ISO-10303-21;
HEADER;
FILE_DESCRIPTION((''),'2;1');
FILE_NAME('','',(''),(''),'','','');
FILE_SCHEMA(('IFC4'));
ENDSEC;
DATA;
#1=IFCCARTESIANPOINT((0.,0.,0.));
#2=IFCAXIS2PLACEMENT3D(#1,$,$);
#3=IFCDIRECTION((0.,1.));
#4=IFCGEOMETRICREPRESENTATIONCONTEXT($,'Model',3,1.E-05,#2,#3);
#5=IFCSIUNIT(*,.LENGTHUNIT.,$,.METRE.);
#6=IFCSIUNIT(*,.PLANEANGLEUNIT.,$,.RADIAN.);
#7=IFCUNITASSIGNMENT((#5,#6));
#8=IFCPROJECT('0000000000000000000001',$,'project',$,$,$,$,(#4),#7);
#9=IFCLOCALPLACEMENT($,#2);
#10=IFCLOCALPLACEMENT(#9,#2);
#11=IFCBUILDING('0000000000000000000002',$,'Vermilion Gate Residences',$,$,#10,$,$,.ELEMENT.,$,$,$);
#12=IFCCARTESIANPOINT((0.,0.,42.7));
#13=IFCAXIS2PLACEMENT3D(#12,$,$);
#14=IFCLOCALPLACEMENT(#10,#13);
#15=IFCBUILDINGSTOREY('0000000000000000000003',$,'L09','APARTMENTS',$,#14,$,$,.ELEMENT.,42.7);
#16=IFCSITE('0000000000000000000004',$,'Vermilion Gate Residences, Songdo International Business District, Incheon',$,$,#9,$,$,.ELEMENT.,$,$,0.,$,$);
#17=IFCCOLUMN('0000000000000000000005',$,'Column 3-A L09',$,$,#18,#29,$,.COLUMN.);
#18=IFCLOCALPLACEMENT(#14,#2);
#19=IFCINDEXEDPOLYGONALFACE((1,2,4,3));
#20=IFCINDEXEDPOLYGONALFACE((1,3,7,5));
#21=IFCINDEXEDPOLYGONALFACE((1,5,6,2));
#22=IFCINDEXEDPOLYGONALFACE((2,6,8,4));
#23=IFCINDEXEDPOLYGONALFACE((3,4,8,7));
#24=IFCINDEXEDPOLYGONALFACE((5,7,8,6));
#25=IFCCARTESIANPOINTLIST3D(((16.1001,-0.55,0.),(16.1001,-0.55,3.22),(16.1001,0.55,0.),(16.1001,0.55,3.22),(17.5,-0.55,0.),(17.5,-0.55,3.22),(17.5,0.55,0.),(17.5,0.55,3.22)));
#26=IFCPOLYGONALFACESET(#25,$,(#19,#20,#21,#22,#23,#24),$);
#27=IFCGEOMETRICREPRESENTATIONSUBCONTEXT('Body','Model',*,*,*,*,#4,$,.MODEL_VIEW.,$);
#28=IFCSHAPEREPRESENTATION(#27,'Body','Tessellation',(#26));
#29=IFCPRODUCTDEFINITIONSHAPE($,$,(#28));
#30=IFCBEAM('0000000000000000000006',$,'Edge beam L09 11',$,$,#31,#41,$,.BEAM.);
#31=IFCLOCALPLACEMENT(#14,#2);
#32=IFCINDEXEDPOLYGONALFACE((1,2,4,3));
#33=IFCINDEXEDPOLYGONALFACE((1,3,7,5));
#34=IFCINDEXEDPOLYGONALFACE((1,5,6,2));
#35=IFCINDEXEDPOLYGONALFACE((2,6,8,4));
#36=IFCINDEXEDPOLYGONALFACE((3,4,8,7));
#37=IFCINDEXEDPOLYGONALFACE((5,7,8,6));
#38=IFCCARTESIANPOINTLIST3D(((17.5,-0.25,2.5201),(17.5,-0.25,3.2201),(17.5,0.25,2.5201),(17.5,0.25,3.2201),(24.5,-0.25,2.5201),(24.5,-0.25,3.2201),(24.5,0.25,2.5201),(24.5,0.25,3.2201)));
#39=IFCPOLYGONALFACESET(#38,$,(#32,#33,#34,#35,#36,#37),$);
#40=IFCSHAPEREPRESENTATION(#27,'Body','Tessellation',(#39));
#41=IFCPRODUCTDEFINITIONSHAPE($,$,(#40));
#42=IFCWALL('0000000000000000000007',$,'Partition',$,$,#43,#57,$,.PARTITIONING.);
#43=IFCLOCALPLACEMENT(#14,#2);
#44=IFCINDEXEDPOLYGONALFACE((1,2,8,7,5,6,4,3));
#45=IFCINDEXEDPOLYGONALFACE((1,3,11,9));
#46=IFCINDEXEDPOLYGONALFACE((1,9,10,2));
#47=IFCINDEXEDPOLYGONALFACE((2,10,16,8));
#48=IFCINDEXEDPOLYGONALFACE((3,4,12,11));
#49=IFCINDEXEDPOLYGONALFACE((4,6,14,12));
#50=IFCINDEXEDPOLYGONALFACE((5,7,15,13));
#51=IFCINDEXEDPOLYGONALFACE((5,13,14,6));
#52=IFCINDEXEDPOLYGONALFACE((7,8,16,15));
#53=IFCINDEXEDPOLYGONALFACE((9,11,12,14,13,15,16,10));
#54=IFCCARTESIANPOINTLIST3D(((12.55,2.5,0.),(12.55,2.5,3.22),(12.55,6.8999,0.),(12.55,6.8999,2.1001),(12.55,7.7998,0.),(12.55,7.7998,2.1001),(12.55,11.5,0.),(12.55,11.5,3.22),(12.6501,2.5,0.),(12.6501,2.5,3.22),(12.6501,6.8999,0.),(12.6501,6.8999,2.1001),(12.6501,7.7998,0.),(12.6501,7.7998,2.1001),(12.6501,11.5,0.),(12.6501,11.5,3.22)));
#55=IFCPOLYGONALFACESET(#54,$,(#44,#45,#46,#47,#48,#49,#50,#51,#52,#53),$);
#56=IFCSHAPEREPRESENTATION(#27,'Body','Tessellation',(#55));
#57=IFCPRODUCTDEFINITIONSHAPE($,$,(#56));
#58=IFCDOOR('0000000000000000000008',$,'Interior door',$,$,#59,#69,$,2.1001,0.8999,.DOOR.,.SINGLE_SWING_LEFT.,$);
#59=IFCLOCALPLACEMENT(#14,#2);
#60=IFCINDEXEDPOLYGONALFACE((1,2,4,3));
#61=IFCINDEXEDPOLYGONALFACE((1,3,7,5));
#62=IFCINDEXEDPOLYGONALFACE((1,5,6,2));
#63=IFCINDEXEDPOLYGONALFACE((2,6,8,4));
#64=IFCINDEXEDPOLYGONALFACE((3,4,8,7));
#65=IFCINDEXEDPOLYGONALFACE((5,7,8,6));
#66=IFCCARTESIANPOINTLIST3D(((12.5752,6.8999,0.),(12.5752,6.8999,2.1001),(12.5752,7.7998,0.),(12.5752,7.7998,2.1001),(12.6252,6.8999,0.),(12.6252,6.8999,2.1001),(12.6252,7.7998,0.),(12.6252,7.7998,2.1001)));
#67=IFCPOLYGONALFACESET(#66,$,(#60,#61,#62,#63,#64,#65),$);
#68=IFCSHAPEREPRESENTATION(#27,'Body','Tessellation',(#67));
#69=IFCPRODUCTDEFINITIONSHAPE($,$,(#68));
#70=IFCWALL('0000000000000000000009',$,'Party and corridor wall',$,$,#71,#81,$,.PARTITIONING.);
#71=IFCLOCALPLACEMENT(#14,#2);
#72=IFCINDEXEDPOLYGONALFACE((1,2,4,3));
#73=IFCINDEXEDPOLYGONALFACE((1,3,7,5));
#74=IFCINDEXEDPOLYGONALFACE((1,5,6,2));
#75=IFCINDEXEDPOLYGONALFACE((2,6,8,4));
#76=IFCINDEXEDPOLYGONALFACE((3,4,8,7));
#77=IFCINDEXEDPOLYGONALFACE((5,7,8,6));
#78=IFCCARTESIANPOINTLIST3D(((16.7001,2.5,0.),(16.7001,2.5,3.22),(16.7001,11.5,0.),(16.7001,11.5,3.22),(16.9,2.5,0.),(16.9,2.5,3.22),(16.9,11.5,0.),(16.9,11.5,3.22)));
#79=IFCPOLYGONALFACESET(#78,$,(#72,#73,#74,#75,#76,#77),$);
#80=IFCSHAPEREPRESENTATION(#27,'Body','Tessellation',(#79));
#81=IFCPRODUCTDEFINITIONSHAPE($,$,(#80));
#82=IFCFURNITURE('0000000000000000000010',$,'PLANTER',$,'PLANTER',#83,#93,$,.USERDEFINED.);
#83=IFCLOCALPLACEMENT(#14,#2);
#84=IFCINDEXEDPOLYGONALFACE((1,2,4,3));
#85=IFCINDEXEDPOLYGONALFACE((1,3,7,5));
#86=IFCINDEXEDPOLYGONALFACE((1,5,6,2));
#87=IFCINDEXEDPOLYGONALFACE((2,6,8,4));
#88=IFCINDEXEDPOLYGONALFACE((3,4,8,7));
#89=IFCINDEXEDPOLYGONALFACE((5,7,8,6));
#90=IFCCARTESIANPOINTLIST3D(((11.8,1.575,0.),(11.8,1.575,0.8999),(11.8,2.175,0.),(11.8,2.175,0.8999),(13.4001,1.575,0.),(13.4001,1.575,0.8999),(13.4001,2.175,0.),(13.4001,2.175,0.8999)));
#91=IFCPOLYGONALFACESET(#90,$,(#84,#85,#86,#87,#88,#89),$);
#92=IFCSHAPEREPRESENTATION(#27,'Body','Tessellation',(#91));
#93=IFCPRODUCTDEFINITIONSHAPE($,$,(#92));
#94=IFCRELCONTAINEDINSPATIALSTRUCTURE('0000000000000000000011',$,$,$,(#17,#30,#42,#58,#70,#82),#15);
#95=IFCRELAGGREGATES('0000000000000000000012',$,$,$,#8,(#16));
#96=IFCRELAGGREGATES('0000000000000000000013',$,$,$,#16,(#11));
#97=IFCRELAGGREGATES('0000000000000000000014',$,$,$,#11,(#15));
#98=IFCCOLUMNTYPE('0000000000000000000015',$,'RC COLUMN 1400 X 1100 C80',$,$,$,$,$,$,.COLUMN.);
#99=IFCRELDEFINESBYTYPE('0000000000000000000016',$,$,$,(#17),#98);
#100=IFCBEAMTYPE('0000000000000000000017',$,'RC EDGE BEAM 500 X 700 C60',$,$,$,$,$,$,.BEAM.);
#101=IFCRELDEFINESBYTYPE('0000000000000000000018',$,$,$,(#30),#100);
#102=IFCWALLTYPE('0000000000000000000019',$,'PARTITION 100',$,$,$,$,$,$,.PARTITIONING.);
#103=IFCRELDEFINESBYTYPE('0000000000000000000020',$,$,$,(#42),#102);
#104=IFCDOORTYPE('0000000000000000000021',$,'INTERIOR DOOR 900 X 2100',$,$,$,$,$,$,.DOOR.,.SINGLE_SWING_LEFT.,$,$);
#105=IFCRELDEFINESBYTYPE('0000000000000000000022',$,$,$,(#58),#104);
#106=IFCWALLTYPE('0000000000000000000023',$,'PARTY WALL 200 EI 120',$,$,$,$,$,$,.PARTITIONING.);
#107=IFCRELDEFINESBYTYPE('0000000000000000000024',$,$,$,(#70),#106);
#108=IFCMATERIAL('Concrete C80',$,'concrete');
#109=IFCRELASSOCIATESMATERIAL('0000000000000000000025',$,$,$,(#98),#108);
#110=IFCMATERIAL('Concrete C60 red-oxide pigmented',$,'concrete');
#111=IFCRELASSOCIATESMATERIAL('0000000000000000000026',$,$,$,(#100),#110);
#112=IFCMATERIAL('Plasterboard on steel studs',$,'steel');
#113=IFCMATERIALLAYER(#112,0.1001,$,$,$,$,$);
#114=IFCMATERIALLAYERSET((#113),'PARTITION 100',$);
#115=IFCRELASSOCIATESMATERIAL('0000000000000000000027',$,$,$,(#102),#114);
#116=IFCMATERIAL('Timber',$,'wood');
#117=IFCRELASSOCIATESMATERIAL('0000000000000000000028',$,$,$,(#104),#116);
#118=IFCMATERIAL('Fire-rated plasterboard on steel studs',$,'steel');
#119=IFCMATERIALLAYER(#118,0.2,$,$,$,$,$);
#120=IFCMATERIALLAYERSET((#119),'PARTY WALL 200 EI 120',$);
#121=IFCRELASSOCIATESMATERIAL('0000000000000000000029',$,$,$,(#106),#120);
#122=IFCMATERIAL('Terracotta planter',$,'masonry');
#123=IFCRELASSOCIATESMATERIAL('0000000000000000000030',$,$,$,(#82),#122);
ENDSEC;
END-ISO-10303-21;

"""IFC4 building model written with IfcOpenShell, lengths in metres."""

from ifc_helpers import new_model, si_unit, direction, frame, frame_2d, origin, origin_2d, place, context, subcontext, project, spatial, rectangle, extrude, material, layer, layer_set, material_profile, profile_set, type_object, element, fill, save


model = new_model("IFC4")

# Units and contexts
model_context = context("Model", 3, precision=1e-05, world=origin(), true_north=direction((0.0, 1.0)))
body_context = subcontext(model_context, "Body", "Model", "MODEL_VIEW")
ifc_project = project(units=[si_unit("LENGTHUNIT", "METRE"), si_unit("PLANEANGLEUNIT", "RADIAN")], contexts=[model_context])

# Site, building, storey
site_placement = place(None, origin())
site = spatial("IfcSite", under=ifc_project, at=site_placement, Name="Vermilion Gate Residences, Songdo International Business District, Incheon", CompositionType="ELEMENT", RefElevation=0.0)
building_placement = place(site_placement, origin())
building = spatial("IfcBuilding", under=site, at=building_placement, Name="Vermilion Gate Residences", CompositionType="ELEMENT")
storey_placement = place(building_placement, frame((0.0, 0.0, 42.7)))
storey = spatial("IfcBuildingStorey", under=building, at=storey_placement, Name="L09", Description="APARTMENTS", CompositionType="ELEMENT", Elevation=42.7)

# Column
ifc_material_1 = material(Name="Concrete C80", Category="concrete")
ifc_material_profile_1 = material_profile(ifc_material_1, rectangle(XDim=1.3999, YDim=1.1001, at=origin_2d()), Name="RC-1400x1100")
ifc_profile_set_1 = profile_set([ifc_material_profile_1], Name="Concrete C80")
column_type = type_object("IfcColumnType", Name="RC COLUMN 1400 X 1100 C80", PredefinedType="COLUMN", material=ifc_profile_set_1)
column_placement = place(storey_placement, frame((16.8, 0.0, 0.0), z_axis=(0.0, 0.0, 1.0), x_axis=(1.0, 0.0, 0.0)))
element("IfcColumn", 1, at=column_placement, inside=storey, type_object=column_type, Name="Column 3-A L09", PredefinedType="COLUMN", context=body_context, shape_type="SweptSolid", body=[
    extrude(rectangle(XDim=1.3999, YDim=1.1001, at=origin_2d()), origin(), (0.0, 0.0, 1.0), 3.22),
])

# Beam
ifc_material_2 = material(Name="Concrete C60 red-oxide pigmented", Category="concrete")
ifc_material_profile_2 = material_profile(ifc_material_2, rectangle(XDim=0.5, YDim=0.7, at=origin_2d()), Name="RC-500x700")
ifc_profile_set_2 = profile_set([ifc_material_profile_2], Name="Concrete C60 red-oxide pigmented")
beam_type = type_object("IfcBeamType", Name="RC EDGE BEAM 500 X 700 C60", PredefinedType="BEAM", material=ifc_profile_set_2)
beam_placement = place(storey_placement, frame((17.5, 0.0, 2.8701), z_axis=(1.0, 0.0, 0.0), x_axis=(0.0, 1.0, 0.0)))
element("IfcBeam", 2, at=beam_placement, inside=storey, type_object=beam_type, Name="Edge beam L09 11", PredefinedType="BEAM", context=body_context, shape_type="SweptSolid", body=[
    extrude(rectangle(XDim=0.5, YDim=0.7, at=origin_2d()), origin(), (0.0, 0.0, 1.0), 7.0),
])

# Wall, opening, door
ifc_material_3 = material(Name="Plasterboard on steel studs", Category="steel")
ifc_layer_1 = layer(ifc_material_3, 0.1001)
ifc_layer_set_1 = layer_set([ifc_layer_1], Name="PARTITION 100")
wall_type_1 = type_object("IfcWallType", Name="PARTITION 100", PredefinedType="PARTITIONING", material=ifc_layer_set_1)
wall_1_placement = place(storey_placement, frame((12.6001, 2.5, 0.0), z_axis=(0.0, 0.0, 1.0), x_axis=(0.0, 1.0, 0.0)))
wall_1 = element("IfcWall", 3, at=wall_1_placement, inside=storey, type_object=wall_type_1, Name="Partition", PredefinedType="PARTITIONING", context=body_context, shape_type="SweptSolid", body=[
    extrude(rectangle(XDim=9.0, YDim=0.1001, at=frame_2d((4.5, 0.0))), origin(), (0.0, 0.0, 1.0), 3.22),
])
opening_placement = place(wall_1_placement, frame((4.3999, 0.0, 0.0)))
opening = element("IfcOpeningElement", 4, at=opening_placement, cuts=wall_1, PredefinedType="OPENING", context=body_context, shape_type="SweptSolid", body=[
    extrude(rectangle(XDim=0.8999, YDim=2.1001, at=frame_2d((0.45, 1.05))), frame((0.0, 0.0601, 0.0), z_axis=(0.0, -1.0, 0.0), x_axis=(1.0, 0.0, 0.0)), (0.0, 0.0, 1.0), 0.1201),
])
ifc_material_4 = material(Name="Timber", Category="wood")
door_type = type_object("IfcDoorType", Name="INTERIOR DOOR 900 X 2100", OperationType="SINGLE_SWING_LEFT", PredefinedType="DOOR", material=ifc_material_4)
door_placement = place(opening_placement, origin())
door = element("IfcDoor", 5, at=door_placement, inside=storey, type_object=door_type, Name="Interior door", OperationType="SINGLE_SWING_LEFT", OverallHeight=2.1001, OverallWidth=0.8999, PredefinedType="DOOR", context=body_context, shape_type="SweptSolid", body=[
    extrude(rectangle(XDim=0.8999, YDim=2.1001, at=frame_2d((0.45, 1.05))), frame((0.0, 0.0249, 0.0), z_axis=(0.0, -1.0, 0.0), x_axis=(1.0, 0.0, 0.0)), (0.0, 0.0, 1.0), 0.05),
])
fill(opening, door)

# Wall
ifc_material_5 = material(Name="Fire-rated plasterboard on steel studs", Category="steel")
ifc_layer_2 = layer(ifc_material_5, 0.2)
ifc_layer_set_2 = layer_set([ifc_layer_2], Name="PARTY WALL 200 EI 120")
wall_type_2 = type_object("IfcWallType", Name="PARTY WALL 200 EI 120", PredefinedType="PARTITIONING", material=ifc_layer_set_2)
wall_2_placement = place(storey_placement, frame((16.8, 2.5, 0.0), z_axis=(0.0, 0.0, 1.0), x_axis=(0.0, 1.0, 0.0)))
element("IfcWall", 6, at=wall_2_placement, inside=storey, type_object=wall_type_2, Name="Party and corridor wall", PredefinedType="PARTITIONING", context=body_context, shape_type="SweptSolid", body=[
    extrude(rectangle(XDim=9.0, YDim=0.2, at=frame_2d((4.5, 0.0))), origin(), (0.0, 0.0, 1.0), 3.22),
])

# Furniture
ifc_material_6 = material(Name="Terracotta planter", Category="masonry")
furniture_placement = place(storey_placement, frame((12.6001, 1.875, 0.0), z_axis=(0.0, 0.0, 1.0), x_axis=(1.0, 0.0, 0.0)))
element("IfcFurniture", 7, at=furniture_placement, inside=storey, material=ifc_material_6, Name="PLANTER", ObjectType="PLANTER", PredefinedType="USERDEFINED", context=body_context, shape_type="SweptSolid", body=[
    extrude(rectangle(XDim=1.6001, YDim=0.6001, at=origin_2d()), origin(), (0.0, 0.0, 1.0), 0.8999),
])

save(model, "model.ifc")
